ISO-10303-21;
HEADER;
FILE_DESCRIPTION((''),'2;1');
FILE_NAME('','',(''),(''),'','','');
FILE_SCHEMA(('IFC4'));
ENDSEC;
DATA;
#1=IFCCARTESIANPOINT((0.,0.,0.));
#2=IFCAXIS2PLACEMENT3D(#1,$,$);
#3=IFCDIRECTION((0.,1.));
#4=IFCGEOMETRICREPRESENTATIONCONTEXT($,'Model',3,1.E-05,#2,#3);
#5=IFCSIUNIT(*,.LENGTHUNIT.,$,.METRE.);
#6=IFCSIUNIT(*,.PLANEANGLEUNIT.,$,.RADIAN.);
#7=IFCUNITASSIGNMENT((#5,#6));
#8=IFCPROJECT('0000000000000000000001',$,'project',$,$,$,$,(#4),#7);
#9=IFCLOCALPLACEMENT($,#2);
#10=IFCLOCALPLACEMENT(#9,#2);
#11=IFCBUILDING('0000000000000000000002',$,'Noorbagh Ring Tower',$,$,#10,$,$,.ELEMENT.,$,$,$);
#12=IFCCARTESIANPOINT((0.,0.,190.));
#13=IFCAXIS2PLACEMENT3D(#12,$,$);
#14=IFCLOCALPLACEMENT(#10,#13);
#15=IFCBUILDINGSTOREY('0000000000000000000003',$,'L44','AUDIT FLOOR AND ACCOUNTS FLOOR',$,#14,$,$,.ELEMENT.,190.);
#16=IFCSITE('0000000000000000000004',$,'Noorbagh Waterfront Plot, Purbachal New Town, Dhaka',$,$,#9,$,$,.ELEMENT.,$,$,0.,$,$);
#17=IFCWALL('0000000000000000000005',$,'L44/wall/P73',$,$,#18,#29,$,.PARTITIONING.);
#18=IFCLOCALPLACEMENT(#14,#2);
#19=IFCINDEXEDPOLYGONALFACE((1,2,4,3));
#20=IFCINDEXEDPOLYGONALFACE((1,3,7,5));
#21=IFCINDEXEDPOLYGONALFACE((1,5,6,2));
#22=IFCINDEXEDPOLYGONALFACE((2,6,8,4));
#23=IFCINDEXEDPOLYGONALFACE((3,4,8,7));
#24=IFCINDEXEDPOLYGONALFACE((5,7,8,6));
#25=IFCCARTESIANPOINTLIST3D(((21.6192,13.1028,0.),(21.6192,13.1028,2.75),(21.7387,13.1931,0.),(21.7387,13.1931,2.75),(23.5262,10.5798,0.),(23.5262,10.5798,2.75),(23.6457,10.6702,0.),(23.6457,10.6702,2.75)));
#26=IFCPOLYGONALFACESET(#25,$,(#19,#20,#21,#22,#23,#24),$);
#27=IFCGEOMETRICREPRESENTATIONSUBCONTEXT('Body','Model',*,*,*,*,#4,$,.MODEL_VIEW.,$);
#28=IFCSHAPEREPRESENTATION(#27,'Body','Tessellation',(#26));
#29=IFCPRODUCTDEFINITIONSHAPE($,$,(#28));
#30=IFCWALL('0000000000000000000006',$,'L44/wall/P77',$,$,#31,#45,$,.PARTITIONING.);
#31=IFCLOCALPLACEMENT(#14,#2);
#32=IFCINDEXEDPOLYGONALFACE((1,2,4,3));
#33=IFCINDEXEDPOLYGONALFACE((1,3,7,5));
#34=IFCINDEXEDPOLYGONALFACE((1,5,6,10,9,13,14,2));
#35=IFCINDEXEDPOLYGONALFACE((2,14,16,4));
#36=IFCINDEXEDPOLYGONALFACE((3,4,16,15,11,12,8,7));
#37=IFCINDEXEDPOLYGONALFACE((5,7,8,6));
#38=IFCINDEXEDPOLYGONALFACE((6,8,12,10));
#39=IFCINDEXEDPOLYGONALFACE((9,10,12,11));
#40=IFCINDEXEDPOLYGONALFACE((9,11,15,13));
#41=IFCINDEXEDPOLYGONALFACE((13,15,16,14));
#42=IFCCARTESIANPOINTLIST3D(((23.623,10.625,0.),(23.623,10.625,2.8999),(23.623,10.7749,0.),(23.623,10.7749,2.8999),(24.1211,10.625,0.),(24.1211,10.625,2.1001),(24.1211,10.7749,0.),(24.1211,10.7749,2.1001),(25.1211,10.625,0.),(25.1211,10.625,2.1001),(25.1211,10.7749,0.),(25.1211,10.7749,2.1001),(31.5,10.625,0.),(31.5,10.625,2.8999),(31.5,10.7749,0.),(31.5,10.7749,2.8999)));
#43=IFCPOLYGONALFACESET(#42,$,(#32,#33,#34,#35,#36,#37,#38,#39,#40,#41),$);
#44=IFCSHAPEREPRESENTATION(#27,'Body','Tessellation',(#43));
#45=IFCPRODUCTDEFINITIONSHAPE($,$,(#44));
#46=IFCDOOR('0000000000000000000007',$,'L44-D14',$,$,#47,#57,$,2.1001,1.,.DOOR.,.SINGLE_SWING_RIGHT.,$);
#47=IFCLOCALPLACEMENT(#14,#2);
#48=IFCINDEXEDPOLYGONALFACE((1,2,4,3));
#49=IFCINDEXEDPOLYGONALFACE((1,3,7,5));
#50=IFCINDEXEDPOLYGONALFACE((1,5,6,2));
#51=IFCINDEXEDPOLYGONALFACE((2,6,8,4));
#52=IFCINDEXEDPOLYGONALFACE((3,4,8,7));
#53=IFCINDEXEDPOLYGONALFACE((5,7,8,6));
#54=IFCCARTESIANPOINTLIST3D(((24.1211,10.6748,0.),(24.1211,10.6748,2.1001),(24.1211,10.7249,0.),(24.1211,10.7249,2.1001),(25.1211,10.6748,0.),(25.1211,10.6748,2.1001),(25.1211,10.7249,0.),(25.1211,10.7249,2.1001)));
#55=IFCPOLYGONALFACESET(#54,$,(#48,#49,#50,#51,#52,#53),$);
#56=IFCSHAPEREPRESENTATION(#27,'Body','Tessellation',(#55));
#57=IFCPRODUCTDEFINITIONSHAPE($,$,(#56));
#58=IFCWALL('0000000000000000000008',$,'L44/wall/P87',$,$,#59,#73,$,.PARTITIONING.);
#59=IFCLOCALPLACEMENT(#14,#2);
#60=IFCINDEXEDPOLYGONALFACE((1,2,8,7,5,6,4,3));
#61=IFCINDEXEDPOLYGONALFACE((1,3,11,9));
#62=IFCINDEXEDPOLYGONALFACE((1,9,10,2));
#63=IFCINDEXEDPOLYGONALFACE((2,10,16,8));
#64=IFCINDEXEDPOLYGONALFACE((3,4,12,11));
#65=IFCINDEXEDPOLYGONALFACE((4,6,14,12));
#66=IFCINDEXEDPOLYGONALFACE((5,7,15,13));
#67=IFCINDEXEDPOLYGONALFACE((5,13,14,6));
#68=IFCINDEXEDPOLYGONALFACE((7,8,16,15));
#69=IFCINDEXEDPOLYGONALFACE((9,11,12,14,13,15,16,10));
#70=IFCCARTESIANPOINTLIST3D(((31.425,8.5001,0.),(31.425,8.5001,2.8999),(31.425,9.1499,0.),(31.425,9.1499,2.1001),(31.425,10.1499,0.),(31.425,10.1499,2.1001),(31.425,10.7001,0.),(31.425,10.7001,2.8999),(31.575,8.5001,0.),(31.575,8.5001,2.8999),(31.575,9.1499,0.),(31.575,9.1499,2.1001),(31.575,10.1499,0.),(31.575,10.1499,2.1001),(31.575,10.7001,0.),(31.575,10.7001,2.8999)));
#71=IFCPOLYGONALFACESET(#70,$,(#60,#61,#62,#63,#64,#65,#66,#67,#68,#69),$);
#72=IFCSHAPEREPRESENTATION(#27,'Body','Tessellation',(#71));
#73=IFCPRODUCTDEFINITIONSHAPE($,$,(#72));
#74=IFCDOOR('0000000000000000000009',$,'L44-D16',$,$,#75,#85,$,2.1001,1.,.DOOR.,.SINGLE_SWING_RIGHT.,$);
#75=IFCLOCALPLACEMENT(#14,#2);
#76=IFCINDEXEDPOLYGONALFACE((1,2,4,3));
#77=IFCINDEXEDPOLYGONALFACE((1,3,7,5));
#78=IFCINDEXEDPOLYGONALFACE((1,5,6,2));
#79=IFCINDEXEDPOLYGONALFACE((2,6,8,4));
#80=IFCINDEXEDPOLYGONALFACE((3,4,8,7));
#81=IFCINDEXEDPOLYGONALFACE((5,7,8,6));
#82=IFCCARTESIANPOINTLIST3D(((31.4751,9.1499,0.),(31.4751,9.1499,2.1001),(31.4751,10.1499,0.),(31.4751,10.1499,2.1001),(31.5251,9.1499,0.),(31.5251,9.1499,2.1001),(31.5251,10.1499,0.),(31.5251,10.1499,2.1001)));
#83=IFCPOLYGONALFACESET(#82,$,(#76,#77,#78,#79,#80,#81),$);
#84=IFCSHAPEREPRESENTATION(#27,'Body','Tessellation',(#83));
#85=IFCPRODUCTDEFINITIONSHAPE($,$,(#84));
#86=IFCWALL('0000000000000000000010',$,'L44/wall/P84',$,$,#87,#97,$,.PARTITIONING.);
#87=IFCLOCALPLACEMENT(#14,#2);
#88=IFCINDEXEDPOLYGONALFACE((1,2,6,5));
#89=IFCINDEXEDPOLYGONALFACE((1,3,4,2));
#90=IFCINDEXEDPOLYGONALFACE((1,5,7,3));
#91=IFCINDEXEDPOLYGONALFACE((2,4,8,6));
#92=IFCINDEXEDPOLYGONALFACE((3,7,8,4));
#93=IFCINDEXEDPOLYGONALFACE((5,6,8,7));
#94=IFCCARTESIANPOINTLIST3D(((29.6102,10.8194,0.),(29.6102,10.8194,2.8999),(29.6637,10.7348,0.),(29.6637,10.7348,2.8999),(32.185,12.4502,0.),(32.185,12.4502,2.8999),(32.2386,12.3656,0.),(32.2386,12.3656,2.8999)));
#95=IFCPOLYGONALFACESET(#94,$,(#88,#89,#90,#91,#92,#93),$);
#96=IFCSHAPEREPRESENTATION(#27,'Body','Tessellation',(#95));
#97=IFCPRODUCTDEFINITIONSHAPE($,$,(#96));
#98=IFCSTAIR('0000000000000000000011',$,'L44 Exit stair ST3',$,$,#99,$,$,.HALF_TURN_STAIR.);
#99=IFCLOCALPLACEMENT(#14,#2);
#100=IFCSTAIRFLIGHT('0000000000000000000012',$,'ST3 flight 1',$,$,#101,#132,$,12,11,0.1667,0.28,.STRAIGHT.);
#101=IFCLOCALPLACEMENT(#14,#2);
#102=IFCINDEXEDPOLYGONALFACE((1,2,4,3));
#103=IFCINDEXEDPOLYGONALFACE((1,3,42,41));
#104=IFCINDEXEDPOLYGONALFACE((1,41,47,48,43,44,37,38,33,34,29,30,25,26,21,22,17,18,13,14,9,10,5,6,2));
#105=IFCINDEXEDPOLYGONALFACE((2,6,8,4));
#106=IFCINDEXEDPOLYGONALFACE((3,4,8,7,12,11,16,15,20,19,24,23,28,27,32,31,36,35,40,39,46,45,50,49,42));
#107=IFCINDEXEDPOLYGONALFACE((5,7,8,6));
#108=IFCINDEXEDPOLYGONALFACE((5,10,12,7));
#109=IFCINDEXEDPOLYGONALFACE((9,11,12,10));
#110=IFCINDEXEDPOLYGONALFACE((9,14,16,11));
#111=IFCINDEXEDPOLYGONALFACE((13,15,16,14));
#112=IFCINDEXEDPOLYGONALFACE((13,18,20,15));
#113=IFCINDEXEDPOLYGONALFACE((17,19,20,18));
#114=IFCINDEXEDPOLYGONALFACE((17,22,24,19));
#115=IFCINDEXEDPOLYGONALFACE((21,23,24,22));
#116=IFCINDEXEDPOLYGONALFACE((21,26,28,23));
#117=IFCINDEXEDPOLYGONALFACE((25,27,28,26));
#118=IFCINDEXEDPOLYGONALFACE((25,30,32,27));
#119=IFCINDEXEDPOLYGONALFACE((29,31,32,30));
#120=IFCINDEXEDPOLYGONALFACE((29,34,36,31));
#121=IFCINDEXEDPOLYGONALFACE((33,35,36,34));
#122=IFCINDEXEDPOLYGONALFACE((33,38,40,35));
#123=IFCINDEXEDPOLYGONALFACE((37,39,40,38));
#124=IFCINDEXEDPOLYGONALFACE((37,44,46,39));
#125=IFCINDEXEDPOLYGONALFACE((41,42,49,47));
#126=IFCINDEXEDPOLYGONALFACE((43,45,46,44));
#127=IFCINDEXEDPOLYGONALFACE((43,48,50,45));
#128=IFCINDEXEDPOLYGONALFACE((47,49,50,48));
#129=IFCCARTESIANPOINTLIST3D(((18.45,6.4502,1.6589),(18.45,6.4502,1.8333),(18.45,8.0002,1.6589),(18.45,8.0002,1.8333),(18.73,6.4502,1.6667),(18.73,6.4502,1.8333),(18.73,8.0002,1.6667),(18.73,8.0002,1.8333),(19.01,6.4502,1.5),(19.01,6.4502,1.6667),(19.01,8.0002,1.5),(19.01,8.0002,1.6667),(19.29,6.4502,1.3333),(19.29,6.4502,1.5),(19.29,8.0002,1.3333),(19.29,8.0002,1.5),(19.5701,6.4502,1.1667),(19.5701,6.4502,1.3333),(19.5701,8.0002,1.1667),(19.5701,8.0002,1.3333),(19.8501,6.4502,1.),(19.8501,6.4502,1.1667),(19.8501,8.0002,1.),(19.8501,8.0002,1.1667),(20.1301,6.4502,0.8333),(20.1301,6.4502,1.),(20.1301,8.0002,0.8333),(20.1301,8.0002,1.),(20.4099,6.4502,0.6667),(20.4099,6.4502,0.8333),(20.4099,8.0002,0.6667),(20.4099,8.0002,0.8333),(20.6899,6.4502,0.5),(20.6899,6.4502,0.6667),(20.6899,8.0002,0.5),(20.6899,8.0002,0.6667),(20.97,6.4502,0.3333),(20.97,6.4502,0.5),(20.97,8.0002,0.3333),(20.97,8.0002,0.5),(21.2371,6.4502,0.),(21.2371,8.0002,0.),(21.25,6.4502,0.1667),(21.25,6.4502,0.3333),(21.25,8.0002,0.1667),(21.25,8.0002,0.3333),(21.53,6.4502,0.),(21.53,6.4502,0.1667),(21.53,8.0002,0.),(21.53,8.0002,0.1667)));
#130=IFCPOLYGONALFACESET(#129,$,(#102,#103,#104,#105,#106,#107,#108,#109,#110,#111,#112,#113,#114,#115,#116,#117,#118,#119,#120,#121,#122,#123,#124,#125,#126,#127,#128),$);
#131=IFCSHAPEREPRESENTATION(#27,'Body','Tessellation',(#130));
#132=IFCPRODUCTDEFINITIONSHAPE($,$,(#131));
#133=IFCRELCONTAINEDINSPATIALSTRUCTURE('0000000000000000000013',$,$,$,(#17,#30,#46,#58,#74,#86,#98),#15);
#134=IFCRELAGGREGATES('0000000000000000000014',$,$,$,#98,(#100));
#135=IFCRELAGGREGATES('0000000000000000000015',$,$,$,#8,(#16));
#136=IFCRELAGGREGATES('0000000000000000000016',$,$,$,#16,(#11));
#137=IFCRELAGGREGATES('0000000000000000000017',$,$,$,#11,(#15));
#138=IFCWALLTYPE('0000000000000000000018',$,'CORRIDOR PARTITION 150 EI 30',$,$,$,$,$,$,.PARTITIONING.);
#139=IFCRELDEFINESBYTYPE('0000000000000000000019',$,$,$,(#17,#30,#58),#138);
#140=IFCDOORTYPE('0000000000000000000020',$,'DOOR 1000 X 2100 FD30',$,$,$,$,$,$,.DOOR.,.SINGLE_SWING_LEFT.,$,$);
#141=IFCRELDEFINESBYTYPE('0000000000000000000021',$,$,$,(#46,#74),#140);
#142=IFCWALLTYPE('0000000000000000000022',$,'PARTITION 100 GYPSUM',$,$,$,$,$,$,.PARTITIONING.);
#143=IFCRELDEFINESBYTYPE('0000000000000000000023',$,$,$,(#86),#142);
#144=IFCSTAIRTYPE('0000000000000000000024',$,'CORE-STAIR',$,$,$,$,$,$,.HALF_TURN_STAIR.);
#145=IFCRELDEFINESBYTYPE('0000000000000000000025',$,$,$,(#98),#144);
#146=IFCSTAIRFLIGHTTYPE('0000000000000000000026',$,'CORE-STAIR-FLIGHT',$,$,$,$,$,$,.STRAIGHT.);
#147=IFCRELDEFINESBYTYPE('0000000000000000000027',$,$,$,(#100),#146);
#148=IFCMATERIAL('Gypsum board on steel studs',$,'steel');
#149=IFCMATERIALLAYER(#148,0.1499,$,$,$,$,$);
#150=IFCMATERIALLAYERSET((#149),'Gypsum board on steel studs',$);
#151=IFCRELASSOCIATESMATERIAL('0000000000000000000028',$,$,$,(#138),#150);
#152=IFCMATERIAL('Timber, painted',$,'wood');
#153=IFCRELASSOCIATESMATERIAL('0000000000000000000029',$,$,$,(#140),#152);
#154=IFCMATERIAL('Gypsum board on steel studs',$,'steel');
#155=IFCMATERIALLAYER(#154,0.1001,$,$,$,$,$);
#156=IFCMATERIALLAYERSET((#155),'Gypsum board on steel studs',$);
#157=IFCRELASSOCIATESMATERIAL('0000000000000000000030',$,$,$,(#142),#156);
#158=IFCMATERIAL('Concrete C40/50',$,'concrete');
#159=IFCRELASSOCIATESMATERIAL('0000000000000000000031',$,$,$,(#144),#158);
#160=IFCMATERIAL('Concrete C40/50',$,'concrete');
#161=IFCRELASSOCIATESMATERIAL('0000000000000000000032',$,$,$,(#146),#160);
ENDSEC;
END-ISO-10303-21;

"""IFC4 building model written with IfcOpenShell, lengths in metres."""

from ifc_helpers import new_model, si_unit, direction, frame, frame_2d, origin, place, context, subcontext, project, spatial, polyline, rectangle, outline, extrude, material, layer, layer_set, type_object, element, fill, aggregate, save


model = new_model("IFC4")

# Units and contexts
model_context = context("Model", 3, precision=1e-05, world=origin(), true_north=direction((0.0, 1.0)))
body_context = subcontext(model_context, "Body", "Model", "MODEL_VIEW")
ifc_project = project(units=[si_unit("LENGTHUNIT", "METRE"), si_unit("PLANEANGLEUNIT", "RADIAN")], contexts=[model_context])

# Site, building, storey
site_placement = place(None, origin())
site = spatial("IfcSite", under=ifc_project, at=site_placement, Name="Noorbagh Waterfront Plot, Purbachal New Town, Dhaka", CompositionType="ELEMENT", RefElevation=0.0)
building_placement = place(site_placement, origin())
building = spatial("IfcBuilding", under=site, at=building_placement, Name="Noorbagh Ring Tower", CompositionType="ELEMENT")
storey_placement = place(building_placement, frame((0.0, 0.0, 190.0)))
storey = spatial("IfcBuildingStorey", under=building, at=storey_placement, Name="L44", Description="AUDIT FLOOR AND ACCOUNTS FLOOR", CompositionType="ELEMENT", Elevation=190.0)

# Wall
ifc_material_1 = material(Name="Gypsum board on steel studs", Category="steel")
ifc_layer_1 = layer(ifc_material_1, 0.1499)
ifc_layer_set_1 = layer_set([ifc_layer_1], Name="Gypsum board on steel studs")
wall_type_1 = type_object("IfcWallType", Name="CORRIDOR PARTITION 150 EI 30", PredefinedType="PARTITIONING", material=ifc_layer_set_1)
wall_1_placement = place(storey_placement, frame((21.679, 13.1479, 0.0), z_axis=(0.0, 0.0, 1.0), x_axis=(0.602985, -0.797753, 0.0)))
element("IfcWall", 1, at=wall_1_placement, inside=storey, type_object=wall_type_1, Name="L44/wall/P73", PredefinedType="PARTITIONING", context=body_context, shape_type="SweptSolid", body=[
    extrude(rectangle(XDim=3.1626, YDim=0.1499, at=frame_2d((1.5813, 0.0))), origin(), (0.0, 0.0, 1.0), 2.75),
])

# Walls, openings, doors
wall_2_placement = place(storey_placement, frame((23.623, 10.7, 0.0), z_axis=(0.0, 0.0, 1.0), x_axis=(1.0, 0.0, 0.0)))
wall_2 = element("IfcWall", 2, at=wall_2_placement, inside=storey, type_object=wall_type_1, Name="L44/wall/P77", PredefinedType="PARTITIONING", context=body_context, shape_type="SweptSolid", body=[
    extrude(rectangle(XDim=7.877, YDim=0.1499, at=frame_2d((3.9385, 0.0))), origin(), (0.0, 0.0, 1.0), 2.8999),
])
opening_1_placement = place(wall_2_placement, frame((0.498, 0.0, 0.0)))
opening_1 = element("IfcOpeningElement", 3, at=opening_1_placement, cuts=wall_2, PredefinedType="OPENING", context=body_context, shape_type="SweptSolid", body=[
    extrude(rectangle(XDim=1.0, YDim=2.1001, at=frame_2d((0.5, 1.05))), frame((0.0, 0.085, 0.0), z_axis=(0.0, -1.0, 0.0), x_axis=(1.0, 0.0, 0.0)), (0.0, 0.0, 1.0), 0.1699),
])
ifc_material_2 = material(Name="Timber, painted", Category="wood")
door_type = type_object("IfcDoorType", Name="DOOR 1000 X 2100 FD30", OperationType="SINGLE_SWING_LEFT", PredefinedType="DOOR", material=ifc_material_2)
door_1_placement = place(opening_1_placement, origin())
door_1 = element("IfcDoor", 4, at=door_1_placement, inside=storey, type_object=door_type, Name="L44-D14", OperationType="SINGLE_SWING_RIGHT", OverallHeight=2.1001, OverallWidth=1.0, PredefinedType="DOOR", context=body_context, shape_type="SweptSolid", body=[
    extrude(rectangle(XDim=1.0, YDim=2.1001, at=frame_2d((0.5, 1.05))), frame((0.0, 0.0249, 0.0), z_axis=(0.0, -1.0, 0.0), x_axis=(1.0, 0.0, 0.0)), (0.0, 0.0, 1.0), 0.05),
])
fill(opening_1, door_1)
wall_3_placement = place(storey_placement, frame((31.5, 8.5, 0.0), z_axis=(0.0, 0.0, 1.0), x_axis=(0.0, 1.0, 0.0)))
wall_3 = element("IfcWall", 5, at=wall_3_placement, inside=storey, type_object=wall_type_1, Name="L44/wall/P87", PredefinedType="PARTITIONING", context=body_context, shape_type="SweptSolid", body=[
    extrude(rectangle(XDim=2.2, YDim=0.1499, at=frame_2d((1.1001, 0.0))), origin(), (0.0, 0.0, 1.0), 2.8999),
])
opening_2_placement = place(wall_3_placement, frame((0.6499, 0.0, 0.0)))
opening_2 = element("IfcOpeningElement", 6, at=opening_2_placement, cuts=wall_3, PredefinedType="OPENING", context=body_context, shape_type="SweptSolid", body=[
    extrude(rectangle(XDim=1.0, YDim=2.1001, at=frame_2d((0.5, 1.05))), frame((0.0, 0.085, 0.0), z_axis=(0.0, -1.0, 0.0), x_axis=(1.0, 0.0, 0.0)), (0.0, 0.0, 1.0), 0.1699),
])
door_2_placement = place(opening_2_placement, origin())
door_2 = element("IfcDoor", 7, at=door_2_placement, inside=storey, type_object=door_type, Name="L44-D16", OperationType="SINGLE_SWING_RIGHT", OverallHeight=2.1001, OverallWidth=1.0, PredefinedType="DOOR", context=body_context, shape_type="SweptSolid", body=[
    extrude(rectangle(XDim=1.0, YDim=2.1001, at=frame_2d((0.5, 1.05))), frame((0.0, 0.0249, 0.0), z_axis=(0.0, -1.0, 0.0), x_axis=(1.0, 0.0, 0.0)), (0.0, 0.0, 1.0), 0.05),
])
fill(opening_2, door_2)

# Wall
ifc_material_3 = material(Name="Gypsum board on steel studs", Category="steel")
ifc_layer_2 = layer(ifc_material_3, 0.1001)
ifc_layer_set_2 = layer_set([ifc_layer_2], Name="Gypsum board on steel studs")
wall_type_2 = type_object("IfcWallType", Name="PARTITION 100 GYPSUM", PredefinedType="PARTITIONING", material=ifc_layer_set_2)
wall_4_placement = place(storey_placement, frame((29.637, 10.7771, 0.0), z_axis=(0.0, 0.0, 1.0), x_axis=(0.844811, 0.535065, 0.0)))
element("IfcWall", 8, at=wall_4_placement, inside=storey, type_object=wall_type_2, Name="L44/wall/P84", PredefinedType="PARTITIONING", context=body_context, shape_type="SweptSolid", body=[
    extrude(rectangle(XDim=3.0479, YDim=0.1001, at=frame_2d((1.5239, 0.0))), origin(), (0.0, 0.0, 1.0), 2.8999),
])

# Stair, stair flight
ifc_material_4 = material(Name="Concrete C40/50", Category="concrete")
stair_type = type_object("IfcStairType", Name="CORE-STAIR", PredefinedType="HALF_TURN_STAIR", material=ifc_material_4)
stair_placement = place(storey_placement, origin())
stair = element("IfcStair", 9, at=stair_placement, inside=storey, type_object=stair_type, Name="L44 Exit stair ST3", PredefinedType="HALF_TURN_STAIR")
ifc_material_5 = material(Name="Concrete C40/50", Category="concrete")
stair_flight_type = type_object("IfcStairFlightType", Name="CORE-STAIR-FLIGHT", PredefinedType="STRAIGHT", material=ifc_material_5)
stair_flight_placement = place(storey_placement, frame((21.53, 7.2251, 0.0), z_axis=(0.0, 0.0, 1.0), x_axis=(-1.0, 0.0, 0.0)))
stair_flight = element("IfcStairFlight", 10, at=stair_flight_placement, type_object=stair_flight_type, Name="ST3 flight 1", NumberOfRisers=12, NumberOfTreads=11, PredefinedType="STRAIGHT", RiserHeight=0.1667, TreadLength=0.28, context=body_context, shape_type="SweptSolid", body=[
    extrude(outline(polyline([(0.0, 0.0), (0.0, 0.1667), (0.28, 0.1667), (0.28, 0.3333), (0.5601, 0.3333), (0.5601, 0.5), (0.8401, 0.5), (0.8401, 0.6667), (1.1201, 0.6667), (1.1201, 0.8333), (1.3999, 0.8333), (1.3999, 1.0), (1.6799, 1.0), (1.6799, 1.1667), (1.96, 1.1667), (1.96, 1.3333), (2.24, 1.3333), (2.24, 1.5), (2.52, 1.5), (2.52, 1.6667), (2.8, 1.6667), (2.8, 1.8333), (3.0801, 1.8333), (3.0801, 2.0), (3.0801, 1.6589), (0.293, 0.0), (0.0, 0.0)])), frame((0.0, 0.7749, 0.0), z_axis=(0.0, -1.0, 0.0), x_axis=(1.0, 0.0, 0.0)), (0.0, 0.0, 1.0), 1.55),
])
aggregate(stair, [stair_flight])

save(model, "model.ifc")
